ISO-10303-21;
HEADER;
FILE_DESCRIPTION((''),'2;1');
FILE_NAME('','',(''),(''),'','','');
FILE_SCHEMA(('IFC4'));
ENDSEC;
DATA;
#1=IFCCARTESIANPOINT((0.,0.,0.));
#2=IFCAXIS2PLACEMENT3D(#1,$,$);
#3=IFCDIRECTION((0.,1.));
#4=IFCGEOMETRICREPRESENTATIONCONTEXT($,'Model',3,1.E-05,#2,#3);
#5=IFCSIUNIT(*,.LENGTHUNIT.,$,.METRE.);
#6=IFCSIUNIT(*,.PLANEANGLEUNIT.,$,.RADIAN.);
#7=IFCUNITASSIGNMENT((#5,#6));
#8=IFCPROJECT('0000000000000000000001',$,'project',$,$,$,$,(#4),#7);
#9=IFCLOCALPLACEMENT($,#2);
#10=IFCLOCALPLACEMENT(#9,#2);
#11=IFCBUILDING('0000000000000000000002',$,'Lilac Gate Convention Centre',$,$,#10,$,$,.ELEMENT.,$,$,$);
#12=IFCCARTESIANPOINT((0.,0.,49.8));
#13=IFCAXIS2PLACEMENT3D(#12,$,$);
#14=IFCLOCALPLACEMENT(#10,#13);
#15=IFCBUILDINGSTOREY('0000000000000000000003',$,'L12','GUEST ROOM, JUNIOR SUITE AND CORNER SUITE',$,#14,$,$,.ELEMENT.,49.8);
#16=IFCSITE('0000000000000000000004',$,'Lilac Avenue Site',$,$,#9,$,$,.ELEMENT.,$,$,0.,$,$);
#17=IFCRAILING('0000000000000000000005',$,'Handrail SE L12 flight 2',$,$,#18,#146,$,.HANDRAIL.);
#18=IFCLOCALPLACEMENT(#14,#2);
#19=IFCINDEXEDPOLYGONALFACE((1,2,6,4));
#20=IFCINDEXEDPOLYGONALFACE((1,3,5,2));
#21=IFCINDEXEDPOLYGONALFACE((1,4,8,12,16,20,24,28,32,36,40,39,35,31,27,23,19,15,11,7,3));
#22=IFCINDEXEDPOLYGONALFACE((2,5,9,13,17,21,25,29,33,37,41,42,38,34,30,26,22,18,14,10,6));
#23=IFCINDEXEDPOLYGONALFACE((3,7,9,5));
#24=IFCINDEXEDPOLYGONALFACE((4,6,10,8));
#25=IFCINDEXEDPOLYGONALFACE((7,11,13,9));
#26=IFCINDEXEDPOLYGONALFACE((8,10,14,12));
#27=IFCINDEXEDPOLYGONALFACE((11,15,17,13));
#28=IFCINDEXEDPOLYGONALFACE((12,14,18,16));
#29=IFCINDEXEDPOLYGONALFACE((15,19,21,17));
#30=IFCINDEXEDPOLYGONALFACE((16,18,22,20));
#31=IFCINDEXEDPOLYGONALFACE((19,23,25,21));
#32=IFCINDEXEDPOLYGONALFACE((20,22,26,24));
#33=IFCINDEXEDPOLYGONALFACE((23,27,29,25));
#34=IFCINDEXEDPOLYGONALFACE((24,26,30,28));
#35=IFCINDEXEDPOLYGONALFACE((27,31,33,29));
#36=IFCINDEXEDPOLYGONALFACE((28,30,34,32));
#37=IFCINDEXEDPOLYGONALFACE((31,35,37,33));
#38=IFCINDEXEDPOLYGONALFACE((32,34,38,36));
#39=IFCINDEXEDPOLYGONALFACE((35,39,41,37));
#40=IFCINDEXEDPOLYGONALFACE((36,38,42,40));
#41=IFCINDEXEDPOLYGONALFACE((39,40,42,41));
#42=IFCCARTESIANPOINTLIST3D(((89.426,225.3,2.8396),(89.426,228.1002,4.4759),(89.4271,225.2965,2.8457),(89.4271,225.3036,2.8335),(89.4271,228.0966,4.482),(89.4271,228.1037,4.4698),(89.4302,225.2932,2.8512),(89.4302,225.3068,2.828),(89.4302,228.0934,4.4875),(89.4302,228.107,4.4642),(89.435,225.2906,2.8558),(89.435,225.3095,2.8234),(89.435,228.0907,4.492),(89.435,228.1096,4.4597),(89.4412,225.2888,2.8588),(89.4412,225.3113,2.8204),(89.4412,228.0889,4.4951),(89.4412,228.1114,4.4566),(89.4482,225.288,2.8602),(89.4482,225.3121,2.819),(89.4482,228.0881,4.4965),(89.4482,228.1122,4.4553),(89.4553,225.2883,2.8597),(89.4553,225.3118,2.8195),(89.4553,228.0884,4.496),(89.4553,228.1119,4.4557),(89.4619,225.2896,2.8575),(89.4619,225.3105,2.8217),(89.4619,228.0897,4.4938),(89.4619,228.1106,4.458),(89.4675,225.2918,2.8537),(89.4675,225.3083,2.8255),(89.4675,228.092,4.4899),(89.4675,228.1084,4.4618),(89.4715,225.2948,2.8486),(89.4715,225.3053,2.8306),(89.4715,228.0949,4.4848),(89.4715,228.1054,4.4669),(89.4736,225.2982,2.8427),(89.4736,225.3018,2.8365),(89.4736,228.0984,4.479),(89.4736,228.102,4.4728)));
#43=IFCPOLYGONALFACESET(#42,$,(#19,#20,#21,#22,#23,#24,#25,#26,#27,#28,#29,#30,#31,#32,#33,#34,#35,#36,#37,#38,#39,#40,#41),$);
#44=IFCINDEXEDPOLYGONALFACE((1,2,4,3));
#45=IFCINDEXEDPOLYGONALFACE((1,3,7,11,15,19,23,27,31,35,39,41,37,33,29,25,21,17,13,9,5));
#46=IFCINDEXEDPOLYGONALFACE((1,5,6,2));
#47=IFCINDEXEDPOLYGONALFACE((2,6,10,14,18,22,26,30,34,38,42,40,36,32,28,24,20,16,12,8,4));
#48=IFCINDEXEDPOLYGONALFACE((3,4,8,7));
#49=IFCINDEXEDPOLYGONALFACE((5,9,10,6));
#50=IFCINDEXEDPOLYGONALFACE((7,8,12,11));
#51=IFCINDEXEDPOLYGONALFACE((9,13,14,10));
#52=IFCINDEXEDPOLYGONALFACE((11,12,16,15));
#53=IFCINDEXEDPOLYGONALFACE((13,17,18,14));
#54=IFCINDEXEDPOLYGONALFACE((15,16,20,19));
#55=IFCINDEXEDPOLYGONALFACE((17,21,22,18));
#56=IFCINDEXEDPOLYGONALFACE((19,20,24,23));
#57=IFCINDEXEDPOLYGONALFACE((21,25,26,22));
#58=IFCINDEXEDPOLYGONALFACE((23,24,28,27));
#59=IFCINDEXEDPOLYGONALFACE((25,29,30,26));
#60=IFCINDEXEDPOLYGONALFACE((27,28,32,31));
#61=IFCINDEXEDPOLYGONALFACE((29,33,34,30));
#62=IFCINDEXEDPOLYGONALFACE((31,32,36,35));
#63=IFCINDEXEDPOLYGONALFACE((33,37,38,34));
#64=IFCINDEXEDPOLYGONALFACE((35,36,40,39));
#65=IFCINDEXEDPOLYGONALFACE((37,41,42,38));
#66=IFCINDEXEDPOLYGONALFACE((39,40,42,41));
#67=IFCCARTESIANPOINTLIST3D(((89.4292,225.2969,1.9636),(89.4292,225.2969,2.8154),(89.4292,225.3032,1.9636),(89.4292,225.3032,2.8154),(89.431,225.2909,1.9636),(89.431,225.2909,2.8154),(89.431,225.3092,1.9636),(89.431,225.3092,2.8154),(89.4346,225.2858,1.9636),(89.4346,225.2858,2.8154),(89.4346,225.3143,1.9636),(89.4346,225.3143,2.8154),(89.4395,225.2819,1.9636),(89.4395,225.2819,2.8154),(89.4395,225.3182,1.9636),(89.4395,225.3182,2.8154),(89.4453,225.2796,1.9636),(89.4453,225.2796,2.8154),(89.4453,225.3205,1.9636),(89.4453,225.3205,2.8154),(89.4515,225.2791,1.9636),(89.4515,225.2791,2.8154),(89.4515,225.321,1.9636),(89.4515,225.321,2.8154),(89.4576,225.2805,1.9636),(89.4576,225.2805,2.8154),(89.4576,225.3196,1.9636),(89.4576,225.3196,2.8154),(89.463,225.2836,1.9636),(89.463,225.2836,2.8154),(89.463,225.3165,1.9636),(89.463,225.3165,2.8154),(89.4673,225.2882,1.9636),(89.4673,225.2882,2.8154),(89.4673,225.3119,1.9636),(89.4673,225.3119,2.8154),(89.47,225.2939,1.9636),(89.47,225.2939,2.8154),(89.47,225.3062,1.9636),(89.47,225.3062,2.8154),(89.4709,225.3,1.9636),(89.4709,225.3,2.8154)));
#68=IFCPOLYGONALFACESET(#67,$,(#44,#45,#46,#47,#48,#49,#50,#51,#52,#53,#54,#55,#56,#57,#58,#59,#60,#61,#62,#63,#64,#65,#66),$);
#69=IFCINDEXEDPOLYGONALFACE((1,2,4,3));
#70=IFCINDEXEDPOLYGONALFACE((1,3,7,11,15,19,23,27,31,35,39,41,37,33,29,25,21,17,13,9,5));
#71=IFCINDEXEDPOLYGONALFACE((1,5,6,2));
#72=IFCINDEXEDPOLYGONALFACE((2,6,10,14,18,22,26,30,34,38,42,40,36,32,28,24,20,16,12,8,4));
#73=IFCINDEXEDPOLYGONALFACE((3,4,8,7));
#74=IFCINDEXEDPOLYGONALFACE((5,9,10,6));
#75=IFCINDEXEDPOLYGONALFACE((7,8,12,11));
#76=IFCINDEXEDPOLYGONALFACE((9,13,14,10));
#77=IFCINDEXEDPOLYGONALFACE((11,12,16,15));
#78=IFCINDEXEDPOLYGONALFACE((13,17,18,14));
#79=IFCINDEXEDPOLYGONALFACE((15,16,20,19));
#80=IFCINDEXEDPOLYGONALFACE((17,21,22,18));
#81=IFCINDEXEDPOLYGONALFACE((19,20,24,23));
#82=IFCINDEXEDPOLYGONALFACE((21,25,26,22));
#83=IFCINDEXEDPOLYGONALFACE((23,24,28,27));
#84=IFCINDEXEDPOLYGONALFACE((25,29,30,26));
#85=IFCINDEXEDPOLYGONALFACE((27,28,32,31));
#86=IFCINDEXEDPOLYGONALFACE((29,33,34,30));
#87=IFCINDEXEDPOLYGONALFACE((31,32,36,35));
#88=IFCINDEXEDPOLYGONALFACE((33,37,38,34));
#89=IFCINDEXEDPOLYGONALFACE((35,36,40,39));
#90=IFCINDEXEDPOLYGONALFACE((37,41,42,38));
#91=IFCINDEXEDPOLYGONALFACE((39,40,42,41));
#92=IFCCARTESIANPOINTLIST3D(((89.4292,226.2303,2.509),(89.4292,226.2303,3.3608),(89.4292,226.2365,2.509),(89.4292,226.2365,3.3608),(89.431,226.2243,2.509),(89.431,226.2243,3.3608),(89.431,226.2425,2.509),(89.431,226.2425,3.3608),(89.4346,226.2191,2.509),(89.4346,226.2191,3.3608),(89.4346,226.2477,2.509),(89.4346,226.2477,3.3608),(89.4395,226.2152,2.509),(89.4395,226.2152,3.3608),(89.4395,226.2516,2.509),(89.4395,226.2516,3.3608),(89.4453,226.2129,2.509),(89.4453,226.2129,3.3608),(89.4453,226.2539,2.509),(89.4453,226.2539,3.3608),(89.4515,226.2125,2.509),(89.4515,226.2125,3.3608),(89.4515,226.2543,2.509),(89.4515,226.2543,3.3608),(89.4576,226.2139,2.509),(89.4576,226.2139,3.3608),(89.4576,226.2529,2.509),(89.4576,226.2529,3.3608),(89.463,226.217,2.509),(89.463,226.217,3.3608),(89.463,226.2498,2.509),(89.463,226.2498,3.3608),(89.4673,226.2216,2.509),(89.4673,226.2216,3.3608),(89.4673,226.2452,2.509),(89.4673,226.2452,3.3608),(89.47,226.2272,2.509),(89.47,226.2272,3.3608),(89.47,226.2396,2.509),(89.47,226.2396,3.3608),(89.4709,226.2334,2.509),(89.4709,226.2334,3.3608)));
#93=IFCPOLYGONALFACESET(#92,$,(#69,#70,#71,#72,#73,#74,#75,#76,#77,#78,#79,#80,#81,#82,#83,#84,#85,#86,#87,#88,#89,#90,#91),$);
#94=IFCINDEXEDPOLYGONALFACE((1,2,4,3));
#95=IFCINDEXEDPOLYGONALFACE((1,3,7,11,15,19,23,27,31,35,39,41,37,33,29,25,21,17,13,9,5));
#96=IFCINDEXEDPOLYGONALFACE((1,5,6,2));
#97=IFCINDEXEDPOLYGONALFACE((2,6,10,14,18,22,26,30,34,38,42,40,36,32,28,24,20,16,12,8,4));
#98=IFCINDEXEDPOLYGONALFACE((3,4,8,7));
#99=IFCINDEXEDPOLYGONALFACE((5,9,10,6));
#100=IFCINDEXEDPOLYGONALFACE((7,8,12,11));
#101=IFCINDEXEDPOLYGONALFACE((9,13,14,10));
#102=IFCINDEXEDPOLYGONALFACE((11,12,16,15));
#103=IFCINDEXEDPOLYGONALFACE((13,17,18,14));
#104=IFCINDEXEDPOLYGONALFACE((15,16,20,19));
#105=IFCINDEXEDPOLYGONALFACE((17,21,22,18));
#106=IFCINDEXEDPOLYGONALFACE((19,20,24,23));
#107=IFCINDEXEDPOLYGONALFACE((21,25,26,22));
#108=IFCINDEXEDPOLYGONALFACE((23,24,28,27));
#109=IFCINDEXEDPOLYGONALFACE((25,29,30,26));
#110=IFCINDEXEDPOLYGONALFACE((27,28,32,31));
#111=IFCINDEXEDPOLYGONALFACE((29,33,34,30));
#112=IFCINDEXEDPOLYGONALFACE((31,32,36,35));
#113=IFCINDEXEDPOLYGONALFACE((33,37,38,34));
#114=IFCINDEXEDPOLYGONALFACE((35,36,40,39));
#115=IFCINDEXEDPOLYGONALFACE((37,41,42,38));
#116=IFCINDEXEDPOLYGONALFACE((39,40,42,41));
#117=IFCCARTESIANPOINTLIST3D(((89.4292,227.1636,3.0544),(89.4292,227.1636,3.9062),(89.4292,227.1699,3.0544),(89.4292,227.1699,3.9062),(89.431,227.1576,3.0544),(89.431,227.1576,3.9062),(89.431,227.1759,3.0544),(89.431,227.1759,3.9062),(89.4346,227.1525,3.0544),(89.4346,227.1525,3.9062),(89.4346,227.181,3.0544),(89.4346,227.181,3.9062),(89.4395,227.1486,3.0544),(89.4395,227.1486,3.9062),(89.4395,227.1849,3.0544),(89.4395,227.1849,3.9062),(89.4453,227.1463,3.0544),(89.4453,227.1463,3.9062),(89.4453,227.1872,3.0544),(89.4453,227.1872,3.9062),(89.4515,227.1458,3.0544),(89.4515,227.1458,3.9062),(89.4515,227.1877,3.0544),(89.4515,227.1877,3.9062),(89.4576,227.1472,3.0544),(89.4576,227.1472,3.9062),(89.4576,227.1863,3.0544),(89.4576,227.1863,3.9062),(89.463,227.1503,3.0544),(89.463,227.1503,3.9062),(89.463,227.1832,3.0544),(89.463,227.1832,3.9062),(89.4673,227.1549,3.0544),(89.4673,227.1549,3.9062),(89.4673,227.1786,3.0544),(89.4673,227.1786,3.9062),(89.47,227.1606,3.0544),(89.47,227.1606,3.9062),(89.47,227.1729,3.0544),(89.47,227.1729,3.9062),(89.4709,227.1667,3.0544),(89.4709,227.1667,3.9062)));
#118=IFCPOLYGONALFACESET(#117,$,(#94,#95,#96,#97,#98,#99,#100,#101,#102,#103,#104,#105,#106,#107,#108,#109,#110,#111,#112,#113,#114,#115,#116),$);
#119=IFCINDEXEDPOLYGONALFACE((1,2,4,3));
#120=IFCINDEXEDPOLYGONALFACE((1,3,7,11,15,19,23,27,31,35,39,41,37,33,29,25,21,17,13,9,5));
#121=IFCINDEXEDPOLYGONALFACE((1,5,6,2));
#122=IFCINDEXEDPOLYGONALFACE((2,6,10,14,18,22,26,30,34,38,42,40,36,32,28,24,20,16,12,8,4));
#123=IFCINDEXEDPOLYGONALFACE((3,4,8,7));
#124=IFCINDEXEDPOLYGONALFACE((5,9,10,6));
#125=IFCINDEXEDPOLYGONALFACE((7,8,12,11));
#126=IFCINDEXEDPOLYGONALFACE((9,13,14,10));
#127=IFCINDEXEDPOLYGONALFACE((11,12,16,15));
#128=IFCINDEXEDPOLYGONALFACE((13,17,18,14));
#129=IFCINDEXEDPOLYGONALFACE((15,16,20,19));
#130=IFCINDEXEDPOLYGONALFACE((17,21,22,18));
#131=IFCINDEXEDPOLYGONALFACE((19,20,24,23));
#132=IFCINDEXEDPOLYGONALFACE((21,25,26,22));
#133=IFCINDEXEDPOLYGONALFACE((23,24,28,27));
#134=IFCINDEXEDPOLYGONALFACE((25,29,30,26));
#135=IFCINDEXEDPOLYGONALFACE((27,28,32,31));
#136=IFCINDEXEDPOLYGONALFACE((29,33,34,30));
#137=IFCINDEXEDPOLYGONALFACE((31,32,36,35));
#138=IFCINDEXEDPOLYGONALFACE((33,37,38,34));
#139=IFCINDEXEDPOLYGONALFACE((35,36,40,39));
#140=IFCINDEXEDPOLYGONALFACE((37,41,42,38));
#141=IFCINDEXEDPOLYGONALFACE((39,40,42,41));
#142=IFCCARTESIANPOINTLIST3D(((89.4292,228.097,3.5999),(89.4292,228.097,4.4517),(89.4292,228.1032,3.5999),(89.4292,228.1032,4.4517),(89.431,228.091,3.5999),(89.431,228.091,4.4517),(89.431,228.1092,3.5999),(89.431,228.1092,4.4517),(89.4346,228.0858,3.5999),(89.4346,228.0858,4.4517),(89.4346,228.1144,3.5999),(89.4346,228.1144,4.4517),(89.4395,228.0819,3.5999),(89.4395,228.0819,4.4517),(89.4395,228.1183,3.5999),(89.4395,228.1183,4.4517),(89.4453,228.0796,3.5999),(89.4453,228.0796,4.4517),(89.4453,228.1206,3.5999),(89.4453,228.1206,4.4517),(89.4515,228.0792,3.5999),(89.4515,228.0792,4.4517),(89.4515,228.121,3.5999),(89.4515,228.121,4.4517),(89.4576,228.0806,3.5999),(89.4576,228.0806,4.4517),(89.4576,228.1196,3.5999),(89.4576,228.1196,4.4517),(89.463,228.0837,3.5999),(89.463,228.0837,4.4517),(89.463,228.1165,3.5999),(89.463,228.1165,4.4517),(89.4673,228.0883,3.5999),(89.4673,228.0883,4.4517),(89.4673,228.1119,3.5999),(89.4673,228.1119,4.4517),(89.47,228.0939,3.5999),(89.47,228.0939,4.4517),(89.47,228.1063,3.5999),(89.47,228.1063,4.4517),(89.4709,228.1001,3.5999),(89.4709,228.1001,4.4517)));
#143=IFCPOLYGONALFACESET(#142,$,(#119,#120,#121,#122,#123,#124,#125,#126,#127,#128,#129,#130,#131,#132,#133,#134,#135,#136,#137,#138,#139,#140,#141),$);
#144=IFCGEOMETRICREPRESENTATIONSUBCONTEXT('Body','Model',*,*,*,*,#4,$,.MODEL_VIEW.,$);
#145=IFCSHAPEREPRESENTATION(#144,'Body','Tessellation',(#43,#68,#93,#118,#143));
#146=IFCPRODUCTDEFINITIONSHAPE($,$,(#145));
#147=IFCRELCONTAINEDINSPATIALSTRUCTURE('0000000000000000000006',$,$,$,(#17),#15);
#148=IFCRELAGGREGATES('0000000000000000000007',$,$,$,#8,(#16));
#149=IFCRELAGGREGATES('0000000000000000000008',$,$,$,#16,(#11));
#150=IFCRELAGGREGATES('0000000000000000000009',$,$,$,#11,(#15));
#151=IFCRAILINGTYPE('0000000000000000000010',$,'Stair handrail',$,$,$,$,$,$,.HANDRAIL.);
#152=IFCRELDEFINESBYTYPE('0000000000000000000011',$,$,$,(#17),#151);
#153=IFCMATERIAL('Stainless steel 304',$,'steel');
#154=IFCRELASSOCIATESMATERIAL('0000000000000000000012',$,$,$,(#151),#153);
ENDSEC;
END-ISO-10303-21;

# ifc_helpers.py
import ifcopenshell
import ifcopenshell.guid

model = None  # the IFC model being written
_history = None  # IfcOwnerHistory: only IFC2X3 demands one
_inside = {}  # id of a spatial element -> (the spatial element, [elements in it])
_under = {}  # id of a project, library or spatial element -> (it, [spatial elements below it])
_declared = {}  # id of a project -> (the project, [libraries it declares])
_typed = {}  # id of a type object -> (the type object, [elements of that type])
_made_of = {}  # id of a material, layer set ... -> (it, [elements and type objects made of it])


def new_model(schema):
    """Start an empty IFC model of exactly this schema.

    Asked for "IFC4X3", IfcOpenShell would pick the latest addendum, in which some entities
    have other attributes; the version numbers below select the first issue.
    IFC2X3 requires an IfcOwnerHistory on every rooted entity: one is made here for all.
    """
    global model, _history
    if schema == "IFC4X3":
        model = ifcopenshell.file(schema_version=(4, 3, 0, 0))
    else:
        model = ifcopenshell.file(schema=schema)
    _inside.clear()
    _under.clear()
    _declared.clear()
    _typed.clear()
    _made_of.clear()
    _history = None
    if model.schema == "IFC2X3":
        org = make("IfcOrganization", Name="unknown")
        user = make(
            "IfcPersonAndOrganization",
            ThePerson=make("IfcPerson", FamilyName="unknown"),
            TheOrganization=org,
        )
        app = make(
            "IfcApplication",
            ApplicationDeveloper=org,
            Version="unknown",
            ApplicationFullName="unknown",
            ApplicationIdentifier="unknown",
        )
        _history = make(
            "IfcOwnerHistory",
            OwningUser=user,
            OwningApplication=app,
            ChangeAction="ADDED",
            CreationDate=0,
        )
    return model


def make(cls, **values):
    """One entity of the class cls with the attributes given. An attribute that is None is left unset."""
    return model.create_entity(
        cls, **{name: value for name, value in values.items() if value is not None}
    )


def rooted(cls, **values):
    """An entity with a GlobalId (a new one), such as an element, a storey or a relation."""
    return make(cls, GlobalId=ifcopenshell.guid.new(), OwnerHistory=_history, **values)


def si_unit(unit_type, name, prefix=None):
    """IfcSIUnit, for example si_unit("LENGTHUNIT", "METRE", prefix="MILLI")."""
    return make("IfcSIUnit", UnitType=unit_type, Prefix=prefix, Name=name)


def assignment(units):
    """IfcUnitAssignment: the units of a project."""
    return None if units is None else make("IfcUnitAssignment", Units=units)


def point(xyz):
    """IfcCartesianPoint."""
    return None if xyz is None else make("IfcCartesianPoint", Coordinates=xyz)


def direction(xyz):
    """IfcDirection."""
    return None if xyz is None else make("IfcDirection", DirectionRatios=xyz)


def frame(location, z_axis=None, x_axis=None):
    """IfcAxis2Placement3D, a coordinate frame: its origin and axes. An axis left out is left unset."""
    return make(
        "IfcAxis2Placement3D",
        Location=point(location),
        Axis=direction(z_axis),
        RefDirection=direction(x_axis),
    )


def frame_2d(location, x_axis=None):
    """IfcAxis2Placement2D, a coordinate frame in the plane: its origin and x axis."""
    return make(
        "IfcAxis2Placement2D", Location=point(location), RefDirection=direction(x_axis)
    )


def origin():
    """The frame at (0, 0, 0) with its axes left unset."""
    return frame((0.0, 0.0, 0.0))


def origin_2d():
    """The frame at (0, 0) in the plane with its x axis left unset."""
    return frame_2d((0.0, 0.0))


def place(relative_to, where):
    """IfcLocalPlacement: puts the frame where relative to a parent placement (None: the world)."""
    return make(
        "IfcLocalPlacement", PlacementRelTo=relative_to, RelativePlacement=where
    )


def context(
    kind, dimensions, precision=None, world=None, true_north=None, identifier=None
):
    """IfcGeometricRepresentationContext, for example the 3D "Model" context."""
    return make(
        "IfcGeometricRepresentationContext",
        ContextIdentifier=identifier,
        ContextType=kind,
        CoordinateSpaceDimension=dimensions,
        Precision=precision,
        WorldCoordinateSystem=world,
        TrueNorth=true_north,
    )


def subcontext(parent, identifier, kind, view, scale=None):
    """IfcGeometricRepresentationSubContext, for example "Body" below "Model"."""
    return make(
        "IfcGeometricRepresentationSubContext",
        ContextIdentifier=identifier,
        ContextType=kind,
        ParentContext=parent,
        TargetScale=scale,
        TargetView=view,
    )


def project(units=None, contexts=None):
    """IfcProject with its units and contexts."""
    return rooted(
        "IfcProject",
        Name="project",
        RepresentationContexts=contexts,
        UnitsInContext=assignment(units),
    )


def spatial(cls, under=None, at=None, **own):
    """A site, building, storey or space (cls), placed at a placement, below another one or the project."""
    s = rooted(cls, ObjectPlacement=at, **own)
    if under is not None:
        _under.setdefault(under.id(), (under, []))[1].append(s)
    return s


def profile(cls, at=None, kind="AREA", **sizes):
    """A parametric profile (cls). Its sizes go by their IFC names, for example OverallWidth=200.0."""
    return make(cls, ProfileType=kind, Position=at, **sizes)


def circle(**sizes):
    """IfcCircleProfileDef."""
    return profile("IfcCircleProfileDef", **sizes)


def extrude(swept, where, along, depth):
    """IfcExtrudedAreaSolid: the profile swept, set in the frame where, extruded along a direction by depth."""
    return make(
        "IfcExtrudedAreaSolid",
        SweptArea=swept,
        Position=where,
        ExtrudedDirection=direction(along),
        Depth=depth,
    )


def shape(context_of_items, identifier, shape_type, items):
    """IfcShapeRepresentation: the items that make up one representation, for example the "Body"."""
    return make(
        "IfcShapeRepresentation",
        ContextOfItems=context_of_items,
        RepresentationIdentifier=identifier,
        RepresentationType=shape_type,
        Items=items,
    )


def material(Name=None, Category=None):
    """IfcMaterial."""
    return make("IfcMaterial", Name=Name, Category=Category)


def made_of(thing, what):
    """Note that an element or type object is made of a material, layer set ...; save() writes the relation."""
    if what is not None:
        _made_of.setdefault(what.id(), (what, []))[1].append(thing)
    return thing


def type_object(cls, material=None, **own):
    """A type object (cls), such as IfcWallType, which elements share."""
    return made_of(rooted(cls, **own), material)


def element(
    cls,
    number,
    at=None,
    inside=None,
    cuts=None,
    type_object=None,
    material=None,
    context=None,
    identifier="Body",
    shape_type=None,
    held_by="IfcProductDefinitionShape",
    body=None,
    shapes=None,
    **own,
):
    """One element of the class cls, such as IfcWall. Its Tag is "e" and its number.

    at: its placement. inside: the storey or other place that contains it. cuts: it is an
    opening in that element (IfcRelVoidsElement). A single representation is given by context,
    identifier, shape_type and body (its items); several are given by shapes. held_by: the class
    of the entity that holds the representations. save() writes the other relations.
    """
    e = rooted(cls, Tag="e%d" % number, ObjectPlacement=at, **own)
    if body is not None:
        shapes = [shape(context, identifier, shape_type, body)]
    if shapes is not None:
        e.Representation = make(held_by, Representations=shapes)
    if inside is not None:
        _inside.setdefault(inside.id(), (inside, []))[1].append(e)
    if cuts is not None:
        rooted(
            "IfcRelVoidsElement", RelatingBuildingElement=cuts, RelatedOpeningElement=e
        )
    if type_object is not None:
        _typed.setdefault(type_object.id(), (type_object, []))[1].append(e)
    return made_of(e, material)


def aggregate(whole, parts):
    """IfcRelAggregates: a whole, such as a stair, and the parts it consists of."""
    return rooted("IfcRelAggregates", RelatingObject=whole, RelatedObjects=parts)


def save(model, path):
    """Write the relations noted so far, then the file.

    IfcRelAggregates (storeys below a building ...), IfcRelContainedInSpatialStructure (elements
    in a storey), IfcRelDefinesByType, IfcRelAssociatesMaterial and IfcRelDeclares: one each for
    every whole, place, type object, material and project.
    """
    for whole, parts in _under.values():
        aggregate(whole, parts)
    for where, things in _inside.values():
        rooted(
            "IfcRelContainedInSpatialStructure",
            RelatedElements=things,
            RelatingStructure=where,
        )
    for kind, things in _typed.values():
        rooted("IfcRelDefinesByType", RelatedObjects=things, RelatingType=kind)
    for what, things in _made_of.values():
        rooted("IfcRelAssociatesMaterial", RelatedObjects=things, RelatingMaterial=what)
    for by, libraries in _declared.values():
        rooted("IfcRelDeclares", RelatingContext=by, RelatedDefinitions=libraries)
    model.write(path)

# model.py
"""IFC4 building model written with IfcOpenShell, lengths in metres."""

from ifc_helpers import new_model, si_unit, direction, frame, origin, origin_2d, place, context, subcontext, project, spatial, circle, extrude, material, type_object, element, save


model = new_model("IFC4")

# Units and contexts
model_context = context("Model", 3, precision=1e-05, world=origin(), true_north=direction((0.0, 1.0)))
body_context = subcontext(model_context, "Body", "Model", "MODEL_VIEW")
ifc_project = project(units=[si_unit("LENGTHUNIT", "METRE"), si_unit("PLANEANGLEUNIT", "RADIAN")], contexts=[model_context])

# Site, building, storey
site_placement = place(None, origin())
site = spatial("IfcSite", under=ifc_project, at=site_placement, Name="Lilac Avenue Site", CompositionType="ELEMENT", RefElevation=0.0)
building_placement = place(site_placement, origin())
building = spatial("IfcBuilding", under=site, at=building_placement, Name="Lilac Gate Convention Centre", CompositionType="ELEMENT")
storey_placement = place(building_placement, frame((0.0, 0.0, 49.8)))
storey = spatial("IfcBuildingStorey", under=building, at=storey_placement, Name="L12", Description="GUEST ROOM, JUNIOR SUITE AND CORNER SUITE", CompositionType="ELEMENT", Elevation=49.8)

# Railing
ifc_material_1 = material(Name="Stainless steel 304", Category="steel")
railing_type = type_object("IfcRailingType", Name="Stair handrail", PredefinedType="HANDRAIL", material=ifc_material_1)
for number, where, name in (
    (1, (89.45, 225.3, 1.9636), "Handrail SE L12 flight 2"),
):
    element("IfcRailing", number, at=place(storey_placement, frame(where)), inside=storey, type_object=railing_type, Name=name, PredefinedType="HANDRAIL", context=body_context, shape_type="SweptSolid", body=[
        extrude(circle(Radius=0.0239, at=origin_2d()), frame((0.0, 0.0, 0.876), z_axis=(0.0, 0.863394, 0.504531), x_axis=(-1.0, 0.0, 0.0)), (0.0, 0.0, 1.0), 3.2432),
        extrude(circle(Radius=0.021, at=origin_2d()), origin(), (0.0, 0.0, 1.0), 0.8518),
        extrude(circle(Radius=0.021, at=origin_2d()), frame((0.0, 0.9333, 0.5454)), (0.0, 0.0, 1.0), 0.8518),
        extrude(circle(Radius=0.021, at=origin_2d()), frame((0.0, 1.8667, 1.0908)), (0.0, 0.0, 1.0), 0.8518),
        extrude(circle(Radius=0.021, at=origin_2d()), frame((0.0, 2.8, 1.6362)), (0.0, 0.0, 1.0), 0.8518),
    ])

save(model, "model.ifc")
